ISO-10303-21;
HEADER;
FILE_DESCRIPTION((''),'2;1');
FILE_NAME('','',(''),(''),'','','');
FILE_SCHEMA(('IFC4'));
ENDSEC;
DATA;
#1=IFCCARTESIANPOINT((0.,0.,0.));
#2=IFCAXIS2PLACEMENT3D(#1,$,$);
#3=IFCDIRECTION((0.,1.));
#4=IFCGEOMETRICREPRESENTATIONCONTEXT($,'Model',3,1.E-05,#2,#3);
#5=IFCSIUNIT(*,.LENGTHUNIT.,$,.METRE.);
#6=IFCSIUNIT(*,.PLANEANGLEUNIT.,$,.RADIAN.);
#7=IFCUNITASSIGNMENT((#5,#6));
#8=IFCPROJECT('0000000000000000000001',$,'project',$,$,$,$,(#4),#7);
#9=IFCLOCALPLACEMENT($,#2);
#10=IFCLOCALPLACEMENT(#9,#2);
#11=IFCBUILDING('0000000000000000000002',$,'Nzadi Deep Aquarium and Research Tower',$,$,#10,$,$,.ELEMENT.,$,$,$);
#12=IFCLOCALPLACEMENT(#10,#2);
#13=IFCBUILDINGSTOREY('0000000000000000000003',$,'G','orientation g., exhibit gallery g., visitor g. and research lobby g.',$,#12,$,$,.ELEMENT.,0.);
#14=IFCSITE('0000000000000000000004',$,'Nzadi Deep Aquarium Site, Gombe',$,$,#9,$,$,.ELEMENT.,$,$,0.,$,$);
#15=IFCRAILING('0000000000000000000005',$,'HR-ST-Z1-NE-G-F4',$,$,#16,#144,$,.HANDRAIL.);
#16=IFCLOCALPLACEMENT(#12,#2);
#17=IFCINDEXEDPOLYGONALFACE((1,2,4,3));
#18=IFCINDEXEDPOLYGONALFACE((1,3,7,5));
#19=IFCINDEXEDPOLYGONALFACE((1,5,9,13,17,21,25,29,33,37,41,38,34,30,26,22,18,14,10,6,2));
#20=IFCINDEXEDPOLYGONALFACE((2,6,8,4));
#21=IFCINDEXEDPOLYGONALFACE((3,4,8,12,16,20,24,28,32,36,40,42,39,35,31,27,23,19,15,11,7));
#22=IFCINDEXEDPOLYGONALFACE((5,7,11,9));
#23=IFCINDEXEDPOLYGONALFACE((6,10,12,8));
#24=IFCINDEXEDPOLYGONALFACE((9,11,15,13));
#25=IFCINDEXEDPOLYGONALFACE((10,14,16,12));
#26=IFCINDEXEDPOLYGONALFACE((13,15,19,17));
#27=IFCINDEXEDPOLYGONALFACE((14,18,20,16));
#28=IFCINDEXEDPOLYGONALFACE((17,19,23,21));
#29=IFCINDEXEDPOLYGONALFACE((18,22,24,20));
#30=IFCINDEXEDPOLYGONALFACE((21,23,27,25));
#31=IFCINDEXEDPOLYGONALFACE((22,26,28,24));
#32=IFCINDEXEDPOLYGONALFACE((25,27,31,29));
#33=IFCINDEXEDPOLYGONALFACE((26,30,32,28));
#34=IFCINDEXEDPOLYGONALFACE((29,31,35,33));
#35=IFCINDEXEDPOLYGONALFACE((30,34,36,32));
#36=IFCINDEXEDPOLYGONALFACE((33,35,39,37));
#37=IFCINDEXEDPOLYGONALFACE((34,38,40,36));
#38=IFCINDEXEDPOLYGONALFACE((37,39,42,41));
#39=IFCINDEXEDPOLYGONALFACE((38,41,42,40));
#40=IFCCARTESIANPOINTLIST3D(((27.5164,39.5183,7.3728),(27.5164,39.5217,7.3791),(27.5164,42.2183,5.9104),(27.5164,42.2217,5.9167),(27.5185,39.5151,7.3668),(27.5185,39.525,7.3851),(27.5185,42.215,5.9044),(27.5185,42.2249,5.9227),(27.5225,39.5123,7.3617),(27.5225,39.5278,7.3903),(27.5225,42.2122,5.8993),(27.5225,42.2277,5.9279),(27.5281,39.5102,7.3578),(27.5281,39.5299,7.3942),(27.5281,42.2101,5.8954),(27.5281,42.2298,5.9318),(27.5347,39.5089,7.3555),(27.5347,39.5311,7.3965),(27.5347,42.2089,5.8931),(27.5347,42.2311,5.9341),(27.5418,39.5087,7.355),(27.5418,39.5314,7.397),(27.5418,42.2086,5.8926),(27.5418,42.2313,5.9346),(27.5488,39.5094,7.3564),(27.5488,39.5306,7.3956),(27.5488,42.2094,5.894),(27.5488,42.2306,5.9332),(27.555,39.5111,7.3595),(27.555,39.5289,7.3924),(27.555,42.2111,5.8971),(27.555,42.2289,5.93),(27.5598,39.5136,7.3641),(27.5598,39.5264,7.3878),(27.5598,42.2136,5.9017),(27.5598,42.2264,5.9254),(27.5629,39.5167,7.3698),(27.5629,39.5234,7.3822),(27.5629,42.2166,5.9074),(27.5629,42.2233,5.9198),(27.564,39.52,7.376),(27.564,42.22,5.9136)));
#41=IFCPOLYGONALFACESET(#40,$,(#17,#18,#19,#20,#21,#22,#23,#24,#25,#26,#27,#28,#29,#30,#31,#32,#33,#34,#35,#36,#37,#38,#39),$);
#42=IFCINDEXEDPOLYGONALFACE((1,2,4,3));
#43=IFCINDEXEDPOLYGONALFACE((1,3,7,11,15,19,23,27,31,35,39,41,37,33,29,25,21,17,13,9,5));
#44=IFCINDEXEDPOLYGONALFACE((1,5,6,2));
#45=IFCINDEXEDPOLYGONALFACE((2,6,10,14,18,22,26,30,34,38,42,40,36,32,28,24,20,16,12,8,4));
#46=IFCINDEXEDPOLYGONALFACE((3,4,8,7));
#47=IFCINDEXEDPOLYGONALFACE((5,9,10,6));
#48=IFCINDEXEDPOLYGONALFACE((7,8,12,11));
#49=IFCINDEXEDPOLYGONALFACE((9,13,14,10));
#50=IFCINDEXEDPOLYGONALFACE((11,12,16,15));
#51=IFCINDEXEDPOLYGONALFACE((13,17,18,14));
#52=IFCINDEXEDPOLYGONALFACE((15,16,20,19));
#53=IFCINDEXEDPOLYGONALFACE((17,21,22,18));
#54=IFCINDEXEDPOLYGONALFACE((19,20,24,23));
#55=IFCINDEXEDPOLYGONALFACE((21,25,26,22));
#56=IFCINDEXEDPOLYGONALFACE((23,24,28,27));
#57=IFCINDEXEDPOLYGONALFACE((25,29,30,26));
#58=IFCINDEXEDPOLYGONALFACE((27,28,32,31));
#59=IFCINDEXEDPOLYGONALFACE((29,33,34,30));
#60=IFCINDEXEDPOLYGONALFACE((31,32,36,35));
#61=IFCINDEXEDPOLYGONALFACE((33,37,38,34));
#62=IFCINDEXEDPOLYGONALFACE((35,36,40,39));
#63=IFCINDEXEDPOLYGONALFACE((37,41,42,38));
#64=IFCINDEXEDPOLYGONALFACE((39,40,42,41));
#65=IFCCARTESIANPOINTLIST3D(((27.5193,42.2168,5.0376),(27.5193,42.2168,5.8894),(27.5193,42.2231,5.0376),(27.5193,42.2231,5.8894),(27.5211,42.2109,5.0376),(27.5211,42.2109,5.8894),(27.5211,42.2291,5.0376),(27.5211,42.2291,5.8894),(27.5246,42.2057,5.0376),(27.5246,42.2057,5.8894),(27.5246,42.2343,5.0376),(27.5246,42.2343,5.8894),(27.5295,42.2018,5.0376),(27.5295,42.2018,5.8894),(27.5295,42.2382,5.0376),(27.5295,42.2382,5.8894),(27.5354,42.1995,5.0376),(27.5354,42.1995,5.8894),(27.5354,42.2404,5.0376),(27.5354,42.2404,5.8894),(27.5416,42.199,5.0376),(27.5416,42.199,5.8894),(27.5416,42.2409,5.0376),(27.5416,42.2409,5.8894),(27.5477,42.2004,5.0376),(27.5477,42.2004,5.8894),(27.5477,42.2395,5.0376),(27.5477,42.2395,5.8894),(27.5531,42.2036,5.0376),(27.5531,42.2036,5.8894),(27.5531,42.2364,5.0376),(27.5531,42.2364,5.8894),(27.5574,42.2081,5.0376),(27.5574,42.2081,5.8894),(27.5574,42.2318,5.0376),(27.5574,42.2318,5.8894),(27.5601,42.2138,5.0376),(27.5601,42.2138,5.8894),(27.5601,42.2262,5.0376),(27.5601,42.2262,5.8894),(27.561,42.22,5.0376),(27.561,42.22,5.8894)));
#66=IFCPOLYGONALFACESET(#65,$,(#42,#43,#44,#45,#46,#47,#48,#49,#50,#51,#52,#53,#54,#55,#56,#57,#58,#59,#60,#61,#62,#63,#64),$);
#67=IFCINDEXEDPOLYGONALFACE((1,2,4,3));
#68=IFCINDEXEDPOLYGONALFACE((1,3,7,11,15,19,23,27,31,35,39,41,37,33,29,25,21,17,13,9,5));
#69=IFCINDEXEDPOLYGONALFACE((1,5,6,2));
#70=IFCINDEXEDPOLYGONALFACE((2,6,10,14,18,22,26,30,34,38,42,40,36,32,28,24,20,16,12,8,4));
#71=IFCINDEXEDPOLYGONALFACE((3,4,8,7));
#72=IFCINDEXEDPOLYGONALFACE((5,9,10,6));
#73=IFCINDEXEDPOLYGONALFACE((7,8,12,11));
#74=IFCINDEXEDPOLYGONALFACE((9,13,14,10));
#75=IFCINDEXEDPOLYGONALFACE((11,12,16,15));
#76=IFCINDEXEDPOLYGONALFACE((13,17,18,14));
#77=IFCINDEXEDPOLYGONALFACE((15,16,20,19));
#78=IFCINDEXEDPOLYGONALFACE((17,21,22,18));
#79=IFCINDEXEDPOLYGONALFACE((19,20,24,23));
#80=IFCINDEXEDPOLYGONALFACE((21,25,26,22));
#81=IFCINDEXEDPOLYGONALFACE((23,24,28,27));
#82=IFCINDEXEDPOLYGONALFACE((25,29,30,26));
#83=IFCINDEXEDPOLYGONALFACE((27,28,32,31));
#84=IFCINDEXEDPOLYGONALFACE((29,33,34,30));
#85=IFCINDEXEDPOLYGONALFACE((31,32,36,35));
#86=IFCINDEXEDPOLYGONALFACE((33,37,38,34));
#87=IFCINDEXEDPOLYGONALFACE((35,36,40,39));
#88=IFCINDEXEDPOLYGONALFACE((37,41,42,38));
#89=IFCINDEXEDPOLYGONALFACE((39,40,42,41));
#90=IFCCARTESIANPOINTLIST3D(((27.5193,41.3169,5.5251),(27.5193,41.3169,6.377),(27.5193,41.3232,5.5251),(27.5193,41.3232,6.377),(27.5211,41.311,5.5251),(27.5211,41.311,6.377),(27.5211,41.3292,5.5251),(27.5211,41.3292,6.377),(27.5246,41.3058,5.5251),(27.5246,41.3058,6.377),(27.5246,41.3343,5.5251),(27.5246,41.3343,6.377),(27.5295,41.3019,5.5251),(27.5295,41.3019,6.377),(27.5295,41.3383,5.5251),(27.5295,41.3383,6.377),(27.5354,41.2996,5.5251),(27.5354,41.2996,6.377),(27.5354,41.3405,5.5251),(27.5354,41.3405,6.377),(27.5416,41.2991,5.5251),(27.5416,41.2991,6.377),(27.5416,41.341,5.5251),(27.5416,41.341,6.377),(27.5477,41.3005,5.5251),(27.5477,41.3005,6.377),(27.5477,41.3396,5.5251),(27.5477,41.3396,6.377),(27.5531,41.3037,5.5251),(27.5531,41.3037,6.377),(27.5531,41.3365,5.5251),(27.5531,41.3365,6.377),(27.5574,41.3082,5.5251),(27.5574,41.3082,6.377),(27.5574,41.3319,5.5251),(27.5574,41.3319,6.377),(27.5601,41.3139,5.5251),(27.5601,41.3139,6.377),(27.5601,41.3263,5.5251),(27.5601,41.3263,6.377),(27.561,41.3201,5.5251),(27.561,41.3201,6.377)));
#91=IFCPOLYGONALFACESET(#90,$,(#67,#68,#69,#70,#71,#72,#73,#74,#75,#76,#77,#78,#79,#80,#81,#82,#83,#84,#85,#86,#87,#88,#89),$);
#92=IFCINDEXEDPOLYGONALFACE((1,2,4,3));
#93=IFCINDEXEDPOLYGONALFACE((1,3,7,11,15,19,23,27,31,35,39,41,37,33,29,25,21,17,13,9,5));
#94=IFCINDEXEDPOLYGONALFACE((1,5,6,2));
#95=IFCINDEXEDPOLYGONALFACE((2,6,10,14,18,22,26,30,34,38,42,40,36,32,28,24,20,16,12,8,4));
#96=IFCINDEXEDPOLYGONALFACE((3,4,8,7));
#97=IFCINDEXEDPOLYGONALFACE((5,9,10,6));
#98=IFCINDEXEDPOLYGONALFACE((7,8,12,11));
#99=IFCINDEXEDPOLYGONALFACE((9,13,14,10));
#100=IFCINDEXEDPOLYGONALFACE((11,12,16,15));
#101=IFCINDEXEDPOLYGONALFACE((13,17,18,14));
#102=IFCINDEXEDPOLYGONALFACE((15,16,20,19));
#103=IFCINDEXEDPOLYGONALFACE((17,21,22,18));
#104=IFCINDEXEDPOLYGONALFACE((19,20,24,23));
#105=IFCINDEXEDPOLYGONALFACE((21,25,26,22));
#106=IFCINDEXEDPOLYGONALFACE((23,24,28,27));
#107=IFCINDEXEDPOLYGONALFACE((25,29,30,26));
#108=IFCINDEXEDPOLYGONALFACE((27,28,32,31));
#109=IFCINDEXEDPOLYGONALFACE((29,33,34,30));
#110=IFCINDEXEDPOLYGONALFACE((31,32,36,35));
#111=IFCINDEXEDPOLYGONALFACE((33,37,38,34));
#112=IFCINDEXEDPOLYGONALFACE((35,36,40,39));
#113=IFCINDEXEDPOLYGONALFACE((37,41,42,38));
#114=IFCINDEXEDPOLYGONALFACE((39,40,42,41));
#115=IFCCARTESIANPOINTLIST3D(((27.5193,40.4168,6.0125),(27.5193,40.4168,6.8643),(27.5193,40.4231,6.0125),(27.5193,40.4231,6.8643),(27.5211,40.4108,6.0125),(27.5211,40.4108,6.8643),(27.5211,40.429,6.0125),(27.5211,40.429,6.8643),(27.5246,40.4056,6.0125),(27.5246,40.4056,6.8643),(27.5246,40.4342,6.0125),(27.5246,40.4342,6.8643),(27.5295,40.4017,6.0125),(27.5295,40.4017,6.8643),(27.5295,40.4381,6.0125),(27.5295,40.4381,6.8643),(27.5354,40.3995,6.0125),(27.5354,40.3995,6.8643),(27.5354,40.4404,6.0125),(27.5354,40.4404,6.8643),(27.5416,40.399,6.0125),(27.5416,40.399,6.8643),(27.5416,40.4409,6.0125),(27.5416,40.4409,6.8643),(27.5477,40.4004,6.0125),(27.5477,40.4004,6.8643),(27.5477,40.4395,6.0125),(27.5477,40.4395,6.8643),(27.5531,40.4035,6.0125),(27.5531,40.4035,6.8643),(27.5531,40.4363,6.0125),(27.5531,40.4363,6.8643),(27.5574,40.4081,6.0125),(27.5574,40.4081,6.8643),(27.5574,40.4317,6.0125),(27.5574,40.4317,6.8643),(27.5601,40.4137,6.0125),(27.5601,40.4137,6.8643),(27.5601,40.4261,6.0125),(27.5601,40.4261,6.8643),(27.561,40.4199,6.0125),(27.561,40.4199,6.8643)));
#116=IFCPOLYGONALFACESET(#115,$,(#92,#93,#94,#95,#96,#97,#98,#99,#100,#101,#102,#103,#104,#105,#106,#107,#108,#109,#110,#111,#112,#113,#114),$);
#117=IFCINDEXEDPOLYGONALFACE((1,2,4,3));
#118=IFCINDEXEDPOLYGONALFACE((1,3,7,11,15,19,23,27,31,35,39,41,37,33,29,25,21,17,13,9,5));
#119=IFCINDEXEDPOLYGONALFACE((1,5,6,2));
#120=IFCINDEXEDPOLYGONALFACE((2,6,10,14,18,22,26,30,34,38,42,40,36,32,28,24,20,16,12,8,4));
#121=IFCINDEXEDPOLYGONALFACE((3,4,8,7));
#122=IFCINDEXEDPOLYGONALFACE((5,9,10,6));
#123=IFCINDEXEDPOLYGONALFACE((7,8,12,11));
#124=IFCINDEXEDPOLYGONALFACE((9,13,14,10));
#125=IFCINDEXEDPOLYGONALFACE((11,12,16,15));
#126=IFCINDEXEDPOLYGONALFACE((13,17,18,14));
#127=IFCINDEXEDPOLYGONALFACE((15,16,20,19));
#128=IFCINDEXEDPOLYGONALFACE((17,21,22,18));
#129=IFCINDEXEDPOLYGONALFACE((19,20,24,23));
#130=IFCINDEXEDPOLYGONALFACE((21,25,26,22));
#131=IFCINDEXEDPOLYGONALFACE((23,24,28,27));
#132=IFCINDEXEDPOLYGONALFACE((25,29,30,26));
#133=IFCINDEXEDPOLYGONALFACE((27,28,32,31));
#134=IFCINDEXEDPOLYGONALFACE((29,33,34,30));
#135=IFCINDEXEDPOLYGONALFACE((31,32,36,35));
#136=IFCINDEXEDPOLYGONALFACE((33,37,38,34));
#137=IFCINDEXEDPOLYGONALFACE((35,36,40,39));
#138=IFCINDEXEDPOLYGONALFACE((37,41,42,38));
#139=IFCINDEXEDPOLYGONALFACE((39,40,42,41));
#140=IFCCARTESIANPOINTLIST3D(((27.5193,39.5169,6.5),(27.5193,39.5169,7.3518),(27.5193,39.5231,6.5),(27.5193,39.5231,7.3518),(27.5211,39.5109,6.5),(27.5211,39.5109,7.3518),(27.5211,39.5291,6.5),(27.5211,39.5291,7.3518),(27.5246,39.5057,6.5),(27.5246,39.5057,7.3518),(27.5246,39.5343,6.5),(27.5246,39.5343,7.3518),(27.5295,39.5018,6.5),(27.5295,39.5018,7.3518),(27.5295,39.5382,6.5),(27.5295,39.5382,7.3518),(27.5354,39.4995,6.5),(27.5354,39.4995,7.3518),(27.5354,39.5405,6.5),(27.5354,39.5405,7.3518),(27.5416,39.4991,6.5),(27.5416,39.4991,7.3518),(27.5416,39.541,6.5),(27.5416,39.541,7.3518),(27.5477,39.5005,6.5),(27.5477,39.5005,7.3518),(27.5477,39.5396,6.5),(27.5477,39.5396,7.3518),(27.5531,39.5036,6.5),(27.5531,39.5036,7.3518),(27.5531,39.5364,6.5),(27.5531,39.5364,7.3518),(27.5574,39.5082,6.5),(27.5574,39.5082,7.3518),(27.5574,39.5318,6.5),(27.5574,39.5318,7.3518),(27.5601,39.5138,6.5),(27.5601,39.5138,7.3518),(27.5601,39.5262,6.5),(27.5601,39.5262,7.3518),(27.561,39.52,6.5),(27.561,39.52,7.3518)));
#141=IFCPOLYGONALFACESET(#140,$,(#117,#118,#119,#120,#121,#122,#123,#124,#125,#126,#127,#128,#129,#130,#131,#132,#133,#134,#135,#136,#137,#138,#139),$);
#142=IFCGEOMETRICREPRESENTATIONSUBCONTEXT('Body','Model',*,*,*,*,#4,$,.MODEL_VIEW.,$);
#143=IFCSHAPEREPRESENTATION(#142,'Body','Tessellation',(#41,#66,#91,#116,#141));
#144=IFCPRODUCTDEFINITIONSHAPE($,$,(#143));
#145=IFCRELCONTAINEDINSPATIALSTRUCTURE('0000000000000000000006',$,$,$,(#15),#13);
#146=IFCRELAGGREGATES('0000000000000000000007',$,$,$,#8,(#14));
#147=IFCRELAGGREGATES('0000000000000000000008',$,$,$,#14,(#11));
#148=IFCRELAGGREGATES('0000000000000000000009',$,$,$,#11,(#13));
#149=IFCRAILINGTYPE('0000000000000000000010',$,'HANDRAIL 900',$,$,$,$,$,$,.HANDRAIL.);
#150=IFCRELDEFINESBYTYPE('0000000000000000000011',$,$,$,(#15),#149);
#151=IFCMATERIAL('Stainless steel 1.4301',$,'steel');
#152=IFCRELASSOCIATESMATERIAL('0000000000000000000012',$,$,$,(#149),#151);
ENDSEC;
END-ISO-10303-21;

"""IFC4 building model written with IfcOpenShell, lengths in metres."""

from ifc_helpers import new_model, si_unit, direction, frame, origin, origin_2d, place, context, subcontext, project, spatial, circle, extrude, material, type_object, element, save


model = new_model("IFC4")

# Units and contexts
model_context = context("Model", 3, precision=1e-05, world=origin(), true_north=direction((0.0, 1.0)))
body_context = subcontext(model_context, "Body", "Model", "MODEL_VIEW")
ifc_project = project(units=[si_unit("LENGTHUNIT", "METRE"), si_unit("PLANEANGLEUNIT", "RADIAN")], contexts=[model_context])

# Site, building, storey
site_placement = place(None, origin())
site = spatial("IfcSite", under=ifc_project, at=site_placement, Name="Nzadi Deep Aquarium Site, Gombe", CompositionType="ELEMENT", RefElevation=0.0)
building_placement = place(site_placement, origin())
building = spatial("IfcBuilding", under=site, at=building_placement, Name="Nzadi Deep Aquarium and Research Tower", CompositionType="ELEMENT")
storey_placement = place(building_placement, origin())
storey = spatial("IfcBuildingStorey", under=building, at=storey_placement, Name="G", Description="orientation g., exhibit gallery g., visitor g. and research lobby g.", CompositionType="ELEMENT", Elevation=0.0)

# Railing
ifc_material_1 = material(Name="Stainless steel 1.4301", Category="steel")
railing_type = type_object("IfcRailingType", Name="HANDRAIL 900", PredefinedType="HANDRAIL", material=ifc_material_1)
for number, where, name in (
    (1, (27.54, 42.22, 5.0376), "HR-ST-Z1-NE-G-F4"),
):
    element("IfcRailing", number, at=place(storey_placement, frame(where)), inside=storey, type_object=railing_type, Name=name, PredefinedType="HANDRAIL", context=body_context, shape_type="SweptSolid", body=[
        extrude(circle(Radius=0.0239, at=origin_2d()), frame((0.0, 0.0, 0.876), z_axis=(0.0, -0.879302, 0.476265), x_axis=(1.0, 0.0, 0.0)), (0.0, 0.0, 1.0), 3.0706),
        extrude(circle(Radius=0.021, at=origin_2d()), origin(), (0.0, 0.0, 1.0), 0.8518),
        extrude(circle(Radius=0.021, at=origin_2d()), frame((0.0, -0.8999, 0.4875)), (0.0, 0.0, 1.0), 0.8518),
        extrude(circle(Radius=0.021, at=origin_2d()), frame((0.0, -1.8, 0.9749)), (0.0, 0.0, 1.0), 0.8518),
        extrude(circle(Radius=0.021, at=origin_2d()), frame((0.0, -2.7, 1.4624)), (0.0, 0.0, 1.0), 0.8518),
    ])

save(model, "model.ifc")
